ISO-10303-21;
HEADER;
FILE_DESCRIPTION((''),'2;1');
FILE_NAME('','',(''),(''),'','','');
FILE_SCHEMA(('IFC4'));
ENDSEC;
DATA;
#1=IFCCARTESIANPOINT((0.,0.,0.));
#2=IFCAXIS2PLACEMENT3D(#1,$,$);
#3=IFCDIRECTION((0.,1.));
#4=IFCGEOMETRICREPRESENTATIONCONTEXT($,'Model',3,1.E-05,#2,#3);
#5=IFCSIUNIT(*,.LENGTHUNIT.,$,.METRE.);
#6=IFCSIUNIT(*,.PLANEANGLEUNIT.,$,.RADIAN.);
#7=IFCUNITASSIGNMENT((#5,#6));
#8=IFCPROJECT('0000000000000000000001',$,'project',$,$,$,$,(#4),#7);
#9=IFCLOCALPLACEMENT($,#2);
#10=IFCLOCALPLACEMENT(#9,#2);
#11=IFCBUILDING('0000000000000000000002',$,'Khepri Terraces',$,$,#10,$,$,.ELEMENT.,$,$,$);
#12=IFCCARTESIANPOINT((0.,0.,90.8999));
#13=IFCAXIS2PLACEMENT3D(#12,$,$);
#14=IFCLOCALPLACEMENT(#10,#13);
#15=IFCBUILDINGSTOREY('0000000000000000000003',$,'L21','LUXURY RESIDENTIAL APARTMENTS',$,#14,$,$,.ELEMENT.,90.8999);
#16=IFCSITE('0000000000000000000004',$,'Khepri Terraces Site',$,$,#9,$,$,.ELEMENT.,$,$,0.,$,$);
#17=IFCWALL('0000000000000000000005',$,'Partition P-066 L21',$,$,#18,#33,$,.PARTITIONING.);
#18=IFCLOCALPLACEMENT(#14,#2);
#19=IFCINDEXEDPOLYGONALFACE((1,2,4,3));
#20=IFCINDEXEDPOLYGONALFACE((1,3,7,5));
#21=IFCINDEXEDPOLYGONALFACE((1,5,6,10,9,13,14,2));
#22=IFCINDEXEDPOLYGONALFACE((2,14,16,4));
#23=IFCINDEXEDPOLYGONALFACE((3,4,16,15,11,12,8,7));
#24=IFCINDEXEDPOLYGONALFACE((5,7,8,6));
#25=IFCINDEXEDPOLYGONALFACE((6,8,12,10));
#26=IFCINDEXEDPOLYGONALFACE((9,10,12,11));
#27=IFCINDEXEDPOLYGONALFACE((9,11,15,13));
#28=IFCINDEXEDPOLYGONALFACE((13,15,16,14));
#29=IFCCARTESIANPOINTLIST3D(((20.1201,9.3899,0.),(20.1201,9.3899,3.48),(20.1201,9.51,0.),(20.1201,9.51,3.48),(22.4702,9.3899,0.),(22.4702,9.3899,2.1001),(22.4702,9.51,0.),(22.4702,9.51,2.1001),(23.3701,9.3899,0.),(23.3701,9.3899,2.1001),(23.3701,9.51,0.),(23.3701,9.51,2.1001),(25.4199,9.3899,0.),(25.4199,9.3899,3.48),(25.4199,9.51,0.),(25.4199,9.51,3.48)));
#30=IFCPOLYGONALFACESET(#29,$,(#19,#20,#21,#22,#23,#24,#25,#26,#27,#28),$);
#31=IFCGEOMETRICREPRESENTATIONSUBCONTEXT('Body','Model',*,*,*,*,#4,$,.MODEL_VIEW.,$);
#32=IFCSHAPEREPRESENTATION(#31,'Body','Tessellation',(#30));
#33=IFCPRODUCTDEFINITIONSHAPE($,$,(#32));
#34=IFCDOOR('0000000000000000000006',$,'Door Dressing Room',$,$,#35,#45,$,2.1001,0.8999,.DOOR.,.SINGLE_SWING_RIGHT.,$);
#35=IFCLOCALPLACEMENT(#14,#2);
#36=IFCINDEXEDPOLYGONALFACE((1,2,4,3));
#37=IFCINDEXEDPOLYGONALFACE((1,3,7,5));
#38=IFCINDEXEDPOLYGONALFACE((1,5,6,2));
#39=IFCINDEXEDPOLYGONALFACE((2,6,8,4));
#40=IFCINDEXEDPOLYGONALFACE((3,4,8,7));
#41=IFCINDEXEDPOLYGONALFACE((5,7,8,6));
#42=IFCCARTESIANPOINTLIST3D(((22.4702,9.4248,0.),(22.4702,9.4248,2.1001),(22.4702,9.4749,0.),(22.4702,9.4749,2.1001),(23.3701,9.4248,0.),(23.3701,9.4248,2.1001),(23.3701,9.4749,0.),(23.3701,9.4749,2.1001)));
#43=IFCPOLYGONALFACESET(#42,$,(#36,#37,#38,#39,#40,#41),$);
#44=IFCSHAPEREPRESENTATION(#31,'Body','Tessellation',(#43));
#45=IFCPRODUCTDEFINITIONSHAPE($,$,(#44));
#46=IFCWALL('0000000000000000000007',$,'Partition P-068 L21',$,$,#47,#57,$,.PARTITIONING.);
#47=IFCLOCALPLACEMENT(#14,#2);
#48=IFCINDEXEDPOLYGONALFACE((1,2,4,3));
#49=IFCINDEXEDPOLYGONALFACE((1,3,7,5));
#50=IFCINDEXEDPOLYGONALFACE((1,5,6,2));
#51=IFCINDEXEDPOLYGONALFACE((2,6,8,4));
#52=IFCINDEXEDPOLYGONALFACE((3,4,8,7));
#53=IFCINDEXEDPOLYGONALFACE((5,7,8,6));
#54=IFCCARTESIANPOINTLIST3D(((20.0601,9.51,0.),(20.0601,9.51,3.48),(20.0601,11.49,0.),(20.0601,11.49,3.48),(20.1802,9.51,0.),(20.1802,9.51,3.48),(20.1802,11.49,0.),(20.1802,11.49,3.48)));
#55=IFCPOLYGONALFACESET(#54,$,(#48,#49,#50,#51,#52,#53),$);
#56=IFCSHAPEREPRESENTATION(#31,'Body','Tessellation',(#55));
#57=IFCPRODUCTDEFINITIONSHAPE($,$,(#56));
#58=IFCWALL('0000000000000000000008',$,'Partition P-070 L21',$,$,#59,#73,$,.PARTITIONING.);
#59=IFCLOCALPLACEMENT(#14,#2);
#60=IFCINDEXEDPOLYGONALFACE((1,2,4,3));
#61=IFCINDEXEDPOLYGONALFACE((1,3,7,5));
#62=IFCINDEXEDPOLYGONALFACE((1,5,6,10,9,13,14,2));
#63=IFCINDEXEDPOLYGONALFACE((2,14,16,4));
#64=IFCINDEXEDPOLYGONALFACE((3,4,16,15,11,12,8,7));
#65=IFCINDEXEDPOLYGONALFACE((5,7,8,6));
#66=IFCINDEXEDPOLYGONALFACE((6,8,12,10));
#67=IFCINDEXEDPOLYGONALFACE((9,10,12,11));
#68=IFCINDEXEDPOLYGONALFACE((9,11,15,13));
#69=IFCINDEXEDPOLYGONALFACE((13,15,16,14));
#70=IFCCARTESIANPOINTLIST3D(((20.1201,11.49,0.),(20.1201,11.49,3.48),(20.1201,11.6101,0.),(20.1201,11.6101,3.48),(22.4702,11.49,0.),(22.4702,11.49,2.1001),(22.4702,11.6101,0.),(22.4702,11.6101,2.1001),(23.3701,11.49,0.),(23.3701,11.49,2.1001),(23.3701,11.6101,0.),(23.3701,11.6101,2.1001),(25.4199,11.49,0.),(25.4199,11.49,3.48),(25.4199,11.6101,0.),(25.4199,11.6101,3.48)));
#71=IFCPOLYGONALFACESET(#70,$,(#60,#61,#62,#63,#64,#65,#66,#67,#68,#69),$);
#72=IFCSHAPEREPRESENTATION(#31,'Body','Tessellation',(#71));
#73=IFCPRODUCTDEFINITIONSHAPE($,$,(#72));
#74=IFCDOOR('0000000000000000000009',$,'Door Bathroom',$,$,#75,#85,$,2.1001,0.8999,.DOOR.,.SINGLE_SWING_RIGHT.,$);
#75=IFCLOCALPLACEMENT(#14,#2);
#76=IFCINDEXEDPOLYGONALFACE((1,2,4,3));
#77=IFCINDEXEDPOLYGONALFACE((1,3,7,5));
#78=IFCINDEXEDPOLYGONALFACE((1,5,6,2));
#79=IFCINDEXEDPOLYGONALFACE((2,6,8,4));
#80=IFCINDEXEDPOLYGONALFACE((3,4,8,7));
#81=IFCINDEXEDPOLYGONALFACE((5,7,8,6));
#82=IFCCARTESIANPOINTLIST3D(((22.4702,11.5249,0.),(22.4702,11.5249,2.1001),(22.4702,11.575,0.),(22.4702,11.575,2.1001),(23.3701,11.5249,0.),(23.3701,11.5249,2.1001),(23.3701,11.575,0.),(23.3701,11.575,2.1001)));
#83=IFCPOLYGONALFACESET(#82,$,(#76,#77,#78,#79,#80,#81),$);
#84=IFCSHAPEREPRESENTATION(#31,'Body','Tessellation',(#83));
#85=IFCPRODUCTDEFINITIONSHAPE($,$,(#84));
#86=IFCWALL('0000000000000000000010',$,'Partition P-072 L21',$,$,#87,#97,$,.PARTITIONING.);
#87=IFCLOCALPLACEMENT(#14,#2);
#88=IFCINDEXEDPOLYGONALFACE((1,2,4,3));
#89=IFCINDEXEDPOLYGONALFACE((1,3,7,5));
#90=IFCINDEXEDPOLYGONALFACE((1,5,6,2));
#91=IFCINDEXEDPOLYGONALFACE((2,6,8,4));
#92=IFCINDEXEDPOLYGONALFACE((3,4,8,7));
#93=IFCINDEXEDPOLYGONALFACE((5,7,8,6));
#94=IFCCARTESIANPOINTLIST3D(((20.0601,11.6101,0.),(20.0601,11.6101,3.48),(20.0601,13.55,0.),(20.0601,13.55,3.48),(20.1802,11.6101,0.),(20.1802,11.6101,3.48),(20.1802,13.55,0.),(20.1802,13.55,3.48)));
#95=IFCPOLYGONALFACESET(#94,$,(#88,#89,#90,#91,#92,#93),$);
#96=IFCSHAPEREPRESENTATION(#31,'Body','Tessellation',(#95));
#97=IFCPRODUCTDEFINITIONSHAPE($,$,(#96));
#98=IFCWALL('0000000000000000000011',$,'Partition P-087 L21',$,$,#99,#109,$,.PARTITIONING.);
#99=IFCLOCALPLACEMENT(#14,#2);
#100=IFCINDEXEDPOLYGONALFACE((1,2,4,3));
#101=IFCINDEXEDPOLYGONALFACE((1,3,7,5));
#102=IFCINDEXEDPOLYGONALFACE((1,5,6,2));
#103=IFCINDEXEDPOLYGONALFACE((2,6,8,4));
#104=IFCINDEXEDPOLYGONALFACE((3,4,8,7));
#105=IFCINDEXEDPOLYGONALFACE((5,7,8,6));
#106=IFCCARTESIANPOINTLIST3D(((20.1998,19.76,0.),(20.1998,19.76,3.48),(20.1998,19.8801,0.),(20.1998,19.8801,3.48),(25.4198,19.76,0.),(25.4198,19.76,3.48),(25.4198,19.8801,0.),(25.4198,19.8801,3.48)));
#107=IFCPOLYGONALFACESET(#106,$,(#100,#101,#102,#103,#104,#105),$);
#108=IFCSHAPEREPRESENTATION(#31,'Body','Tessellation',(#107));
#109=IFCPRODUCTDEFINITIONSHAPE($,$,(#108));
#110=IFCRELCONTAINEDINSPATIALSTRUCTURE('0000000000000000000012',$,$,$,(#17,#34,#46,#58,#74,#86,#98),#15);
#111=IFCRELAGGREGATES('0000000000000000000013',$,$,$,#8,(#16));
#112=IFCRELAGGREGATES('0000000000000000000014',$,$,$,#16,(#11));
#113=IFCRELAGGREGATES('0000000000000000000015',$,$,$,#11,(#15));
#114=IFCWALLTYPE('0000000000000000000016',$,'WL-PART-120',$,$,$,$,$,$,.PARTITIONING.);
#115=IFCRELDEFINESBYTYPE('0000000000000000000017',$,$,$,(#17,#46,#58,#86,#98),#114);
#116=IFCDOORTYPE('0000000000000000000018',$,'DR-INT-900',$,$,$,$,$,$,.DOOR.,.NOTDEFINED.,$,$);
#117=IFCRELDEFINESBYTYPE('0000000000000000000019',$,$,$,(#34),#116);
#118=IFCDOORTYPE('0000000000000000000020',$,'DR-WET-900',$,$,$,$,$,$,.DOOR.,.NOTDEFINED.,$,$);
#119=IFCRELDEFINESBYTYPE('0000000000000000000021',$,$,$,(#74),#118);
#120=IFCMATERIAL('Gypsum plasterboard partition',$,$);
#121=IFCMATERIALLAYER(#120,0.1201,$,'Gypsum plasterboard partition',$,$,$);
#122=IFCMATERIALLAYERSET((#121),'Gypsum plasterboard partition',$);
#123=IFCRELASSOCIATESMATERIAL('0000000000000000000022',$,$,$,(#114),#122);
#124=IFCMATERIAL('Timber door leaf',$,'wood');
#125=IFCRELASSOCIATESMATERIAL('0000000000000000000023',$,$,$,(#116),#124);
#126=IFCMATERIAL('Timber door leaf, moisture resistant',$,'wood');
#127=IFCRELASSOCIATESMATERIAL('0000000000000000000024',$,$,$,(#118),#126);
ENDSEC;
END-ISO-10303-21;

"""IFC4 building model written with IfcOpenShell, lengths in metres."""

from ifc_helpers import new_model, si_unit, direction, frame, frame_2d, origin, place, context, subcontext, project, spatial, rectangle, extrude, material, layer, layer_set, type_object, element, fill, save


model = new_model("IFC4")

# Units and contexts
model_context = context("Model", 3, precision=1e-05, world=origin(), true_north=direction((0.0, 1.0)))
body_context = subcontext(model_context, "Body", "Model", "MODEL_VIEW")
ifc_project = project(units=[si_unit("LENGTHUNIT", "METRE"), si_unit("PLANEANGLEUNIT", "RADIAN")], contexts=[model_context])

# Site, building, storey
site_placement = place(None, origin())
site = spatial("IfcSite", under=ifc_project, at=site_placement, Name="Khepri Terraces Site", CompositionType="ELEMENT", RefElevation=0.0)
building_placement = place(site_placement, origin())
building = spatial("IfcBuilding", under=site, at=building_placement, Name="Khepri Terraces", CompositionType="ELEMENT")
storey_placement = place(building_placement, frame((0.0, 0.0, 90.8999)))
storey = spatial("IfcBuildingStorey", under=building, at=storey_placement, Name="L21", Description="LUXURY RESIDENTIAL APARTMENTS", CompositionType="ELEMENT", Elevation=90.8999)

# Wall, opening, door
ifc_material_1 = material(Name="Gypsum plasterboard partition")
ifc_layer_1 = layer(ifc_material_1, 0.1201, Name="Gypsum plasterboard partition")
ifc_layer_set_1 = layer_set([ifc_layer_1], Name="Gypsum plasterboard partition")
wall_type_1 = type_object("IfcWallType", Name="WL-PART-120", PredefinedType="PARTITIONING", material=ifc_layer_set_1)
wall_1_placement = place(storey_placement, frame((20.1201, 9.45, 0.0), z_axis=(0.0, 0.0, 1.0), x_axis=(1.0, 0.0, 0.0)))
wall_1 = element("IfcWall", 1, at=wall_1_placement, inside=storey, type_object=wall_type_1, Name="Partition P-066 L21", PredefinedType="PARTITIONING", context=body_context, shape_type="SweptSolid", body=[
    extrude(rectangle(XDim=5.2998, YDim=0.1201, at=frame_2d((2.6499, 0.0))), origin(), (0.0, 0.0, 1.0), 3.48),
])
opening_1_placement = place(wall_1_placement, frame((2.3501, 0.0, 0.0)))
opening_1 = element("IfcOpeningElement", 2, at=opening_1_placement, cuts=wall_1, PredefinedType="OPENING", context=body_context, shape_type="SweptSolid", body=[
    extrude(rectangle(XDim=0.8999, YDim=2.1001, at=frame_2d((0.45, 1.05))), frame((0.0, 0.0701, 0.0), z_axis=(0.0, -1.0, 0.0), x_axis=(1.0, 0.0, 0.0)), (0.0, 0.0, 1.0), 0.1401),
])
ifc_material_2 = material(Name="Timber door leaf", Category="wood")
door_type_1 = type_object("IfcDoorType", Name="DR-INT-900", OperationType="NOTDEFINED", PredefinedType="DOOR", material=ifc_material_2)
door_1_placement = place(opening_1_placement, origin())
door_1 = element("IfcDoor", 3, at=door_1_placement, inside=storey, type_object=door_type_1, Name="Door Dressing Room", OperationType="SINGLE_SWING_RIGHT", OverallHeight=2.1001, OverallWidth=0.8999, PredefinedType="DOOR", context=body_context, shape_type="SweptSolid", body=[
    extrude(rectangle(XDim=0.8999, YDim=2.1001, at=frame_2d((0.45, 1.05))), frame((0.0, 0.0249, 0.0), z_axis=(0.0, -1.0, 0.0), x_axis=(1.0, 0.0, 0.0)), (0.0, 0.0, 1.0), 0.05),
])
fill(opening_1, door_1)

# Wall
wall_2_placement = place(storey_placement, frame((20.1201, 9.51, 0.0), z_axis=(0.0, 0.0, 1.0), x_axis=(0.0, 1.0, 0.0)))
element("IfcWall", 4, at=wall_2_placement, inside=storey, type_object=wall_type_1, Name="Partition P-068 L21", PredefinedType="PARTITIONING", context=body_context, shape_type="SweptSolid", body=[
    extrude(rectangle(XDim=1.98, YDim=0.1201, at=frame_2d((0.99, 0.0))), origin(), (0.0, 0.0, 1.0), 3.48),
])

# Wall, opening, door
wall_3_placement = place(storey_placement, frame((20.1201, 11.55, 0.0), z_axis=(0.0, 0.0, 1.0), x_axis=(1.0, 0.0, 0.0)))
wall_3 = element("IfcWall", 5, at=wall_3_placement, inside=storey, type_object=wall_type_1, Name="Partition P-070 L21", PredefinedType="PARTITIONING", context=body_context, shape_type="SweptSolid", body=[
    extrude(rectangle(XDim=5.2998, YDim=0.1201, at=frame_2d((2.6499, 0.0))), origin(), (0.0, 0.0, 1.0), 3.48),
])
opening_2_placement = place(wall_3_placement, frame((2.3501, 0.0, 0.0)))
opening_2 = element("IfcOpeningElement", 6, at=opening_2_placement, cuts=wall_3, PredefinedType="OPENING", context=body_context, shape_type="SweptSolid", body=[
    extrude(rectangle(XDim=0.8999, YDim=2.1001, at=frame_2d((0.45, 1.05))), frame((0.0, 0.0701, 0.0), z_axis=(0.0, -1.0, 0.0), x_axis=(1.0, 0.0, 0.0)), (0.0, 0.0, 1.0), 0.1401),
])
ifc_material_3 = material(Name="Timber door leaf, moisture resistant", Category="wood")
door_type_2 = type_object("IfcDoorType", Name="DR-WET-900", OperationType="NOTDEFINED", PredefinedType="DOOR", material=ifc_material_3)
door_2_placement = place(opening_2_placement, origin())
door_2 = element("IfcDoor", 7, at=door_2_placement, inside=storey, type_object=door_type_2, Name="Door Bathroom", OperationType="SINGLE_SWING_RIGHT", OverallHeight=2.1001, OverallWidth=0.8999, PredefinedType="DOOR", context=body_context, shape_type="SweptSolid", body=[
    extrude(rectangle(XDim=0.8999, YDim=2.1001, at=frame_2d((0.45, 1.05))), frame((0.0, 0.0249, 0.0), z_axis=(0.0, -1.0, 0.0), x_axis=(1.0, 0.0, 0.0)), (0.0, 0.0, 1.0), 0.05),
])
fill(opening_2, door_2)

# Walls
wall_4_placement = place(storey_placement, frame((20.1201, 11.6101, 0.0), z_axis=(0.0, 0.0, 1.0), x_axis=(0.0, 1.0, 0.0)))
element("IfcWall", 8, at=wall_4_placement, inside=storey, type_object=wall_type_1, Name="Partition P-072 L21", PredefinedType="PARTITIONING", context=body_context, shape_type="SweptSolid", body=[
    extrude(rectangle(XDim=1.9399, YDim=0.1201, at=frame_2d((0.97, 0.0))), origin(), (0.0, 0.0, 1.0), 3.48),
])
wall_5_placement = place(storey_placement, frame((20.2, 19.8201, 0.0), z_axis=(0.0, 0.0, 1.0), x_axis=(1.0, 0.0, 0.0)))
element("IfcWall", 9, at=wall_5_placement, inside=storey, type_object=wall_type_1, Name="Partition P-087 L21", PredefinedType="PARTITIONING", context=body_context, shape_type="SweptSolid", body=[
    extrude(rectangle(XDim=5.22, YDim=0.1201, at=frame_2d((2.6099, 0.0))), origin(), (0.0, 0.0, 1.0), 3.48),
])

save(model, "model.ifc")
